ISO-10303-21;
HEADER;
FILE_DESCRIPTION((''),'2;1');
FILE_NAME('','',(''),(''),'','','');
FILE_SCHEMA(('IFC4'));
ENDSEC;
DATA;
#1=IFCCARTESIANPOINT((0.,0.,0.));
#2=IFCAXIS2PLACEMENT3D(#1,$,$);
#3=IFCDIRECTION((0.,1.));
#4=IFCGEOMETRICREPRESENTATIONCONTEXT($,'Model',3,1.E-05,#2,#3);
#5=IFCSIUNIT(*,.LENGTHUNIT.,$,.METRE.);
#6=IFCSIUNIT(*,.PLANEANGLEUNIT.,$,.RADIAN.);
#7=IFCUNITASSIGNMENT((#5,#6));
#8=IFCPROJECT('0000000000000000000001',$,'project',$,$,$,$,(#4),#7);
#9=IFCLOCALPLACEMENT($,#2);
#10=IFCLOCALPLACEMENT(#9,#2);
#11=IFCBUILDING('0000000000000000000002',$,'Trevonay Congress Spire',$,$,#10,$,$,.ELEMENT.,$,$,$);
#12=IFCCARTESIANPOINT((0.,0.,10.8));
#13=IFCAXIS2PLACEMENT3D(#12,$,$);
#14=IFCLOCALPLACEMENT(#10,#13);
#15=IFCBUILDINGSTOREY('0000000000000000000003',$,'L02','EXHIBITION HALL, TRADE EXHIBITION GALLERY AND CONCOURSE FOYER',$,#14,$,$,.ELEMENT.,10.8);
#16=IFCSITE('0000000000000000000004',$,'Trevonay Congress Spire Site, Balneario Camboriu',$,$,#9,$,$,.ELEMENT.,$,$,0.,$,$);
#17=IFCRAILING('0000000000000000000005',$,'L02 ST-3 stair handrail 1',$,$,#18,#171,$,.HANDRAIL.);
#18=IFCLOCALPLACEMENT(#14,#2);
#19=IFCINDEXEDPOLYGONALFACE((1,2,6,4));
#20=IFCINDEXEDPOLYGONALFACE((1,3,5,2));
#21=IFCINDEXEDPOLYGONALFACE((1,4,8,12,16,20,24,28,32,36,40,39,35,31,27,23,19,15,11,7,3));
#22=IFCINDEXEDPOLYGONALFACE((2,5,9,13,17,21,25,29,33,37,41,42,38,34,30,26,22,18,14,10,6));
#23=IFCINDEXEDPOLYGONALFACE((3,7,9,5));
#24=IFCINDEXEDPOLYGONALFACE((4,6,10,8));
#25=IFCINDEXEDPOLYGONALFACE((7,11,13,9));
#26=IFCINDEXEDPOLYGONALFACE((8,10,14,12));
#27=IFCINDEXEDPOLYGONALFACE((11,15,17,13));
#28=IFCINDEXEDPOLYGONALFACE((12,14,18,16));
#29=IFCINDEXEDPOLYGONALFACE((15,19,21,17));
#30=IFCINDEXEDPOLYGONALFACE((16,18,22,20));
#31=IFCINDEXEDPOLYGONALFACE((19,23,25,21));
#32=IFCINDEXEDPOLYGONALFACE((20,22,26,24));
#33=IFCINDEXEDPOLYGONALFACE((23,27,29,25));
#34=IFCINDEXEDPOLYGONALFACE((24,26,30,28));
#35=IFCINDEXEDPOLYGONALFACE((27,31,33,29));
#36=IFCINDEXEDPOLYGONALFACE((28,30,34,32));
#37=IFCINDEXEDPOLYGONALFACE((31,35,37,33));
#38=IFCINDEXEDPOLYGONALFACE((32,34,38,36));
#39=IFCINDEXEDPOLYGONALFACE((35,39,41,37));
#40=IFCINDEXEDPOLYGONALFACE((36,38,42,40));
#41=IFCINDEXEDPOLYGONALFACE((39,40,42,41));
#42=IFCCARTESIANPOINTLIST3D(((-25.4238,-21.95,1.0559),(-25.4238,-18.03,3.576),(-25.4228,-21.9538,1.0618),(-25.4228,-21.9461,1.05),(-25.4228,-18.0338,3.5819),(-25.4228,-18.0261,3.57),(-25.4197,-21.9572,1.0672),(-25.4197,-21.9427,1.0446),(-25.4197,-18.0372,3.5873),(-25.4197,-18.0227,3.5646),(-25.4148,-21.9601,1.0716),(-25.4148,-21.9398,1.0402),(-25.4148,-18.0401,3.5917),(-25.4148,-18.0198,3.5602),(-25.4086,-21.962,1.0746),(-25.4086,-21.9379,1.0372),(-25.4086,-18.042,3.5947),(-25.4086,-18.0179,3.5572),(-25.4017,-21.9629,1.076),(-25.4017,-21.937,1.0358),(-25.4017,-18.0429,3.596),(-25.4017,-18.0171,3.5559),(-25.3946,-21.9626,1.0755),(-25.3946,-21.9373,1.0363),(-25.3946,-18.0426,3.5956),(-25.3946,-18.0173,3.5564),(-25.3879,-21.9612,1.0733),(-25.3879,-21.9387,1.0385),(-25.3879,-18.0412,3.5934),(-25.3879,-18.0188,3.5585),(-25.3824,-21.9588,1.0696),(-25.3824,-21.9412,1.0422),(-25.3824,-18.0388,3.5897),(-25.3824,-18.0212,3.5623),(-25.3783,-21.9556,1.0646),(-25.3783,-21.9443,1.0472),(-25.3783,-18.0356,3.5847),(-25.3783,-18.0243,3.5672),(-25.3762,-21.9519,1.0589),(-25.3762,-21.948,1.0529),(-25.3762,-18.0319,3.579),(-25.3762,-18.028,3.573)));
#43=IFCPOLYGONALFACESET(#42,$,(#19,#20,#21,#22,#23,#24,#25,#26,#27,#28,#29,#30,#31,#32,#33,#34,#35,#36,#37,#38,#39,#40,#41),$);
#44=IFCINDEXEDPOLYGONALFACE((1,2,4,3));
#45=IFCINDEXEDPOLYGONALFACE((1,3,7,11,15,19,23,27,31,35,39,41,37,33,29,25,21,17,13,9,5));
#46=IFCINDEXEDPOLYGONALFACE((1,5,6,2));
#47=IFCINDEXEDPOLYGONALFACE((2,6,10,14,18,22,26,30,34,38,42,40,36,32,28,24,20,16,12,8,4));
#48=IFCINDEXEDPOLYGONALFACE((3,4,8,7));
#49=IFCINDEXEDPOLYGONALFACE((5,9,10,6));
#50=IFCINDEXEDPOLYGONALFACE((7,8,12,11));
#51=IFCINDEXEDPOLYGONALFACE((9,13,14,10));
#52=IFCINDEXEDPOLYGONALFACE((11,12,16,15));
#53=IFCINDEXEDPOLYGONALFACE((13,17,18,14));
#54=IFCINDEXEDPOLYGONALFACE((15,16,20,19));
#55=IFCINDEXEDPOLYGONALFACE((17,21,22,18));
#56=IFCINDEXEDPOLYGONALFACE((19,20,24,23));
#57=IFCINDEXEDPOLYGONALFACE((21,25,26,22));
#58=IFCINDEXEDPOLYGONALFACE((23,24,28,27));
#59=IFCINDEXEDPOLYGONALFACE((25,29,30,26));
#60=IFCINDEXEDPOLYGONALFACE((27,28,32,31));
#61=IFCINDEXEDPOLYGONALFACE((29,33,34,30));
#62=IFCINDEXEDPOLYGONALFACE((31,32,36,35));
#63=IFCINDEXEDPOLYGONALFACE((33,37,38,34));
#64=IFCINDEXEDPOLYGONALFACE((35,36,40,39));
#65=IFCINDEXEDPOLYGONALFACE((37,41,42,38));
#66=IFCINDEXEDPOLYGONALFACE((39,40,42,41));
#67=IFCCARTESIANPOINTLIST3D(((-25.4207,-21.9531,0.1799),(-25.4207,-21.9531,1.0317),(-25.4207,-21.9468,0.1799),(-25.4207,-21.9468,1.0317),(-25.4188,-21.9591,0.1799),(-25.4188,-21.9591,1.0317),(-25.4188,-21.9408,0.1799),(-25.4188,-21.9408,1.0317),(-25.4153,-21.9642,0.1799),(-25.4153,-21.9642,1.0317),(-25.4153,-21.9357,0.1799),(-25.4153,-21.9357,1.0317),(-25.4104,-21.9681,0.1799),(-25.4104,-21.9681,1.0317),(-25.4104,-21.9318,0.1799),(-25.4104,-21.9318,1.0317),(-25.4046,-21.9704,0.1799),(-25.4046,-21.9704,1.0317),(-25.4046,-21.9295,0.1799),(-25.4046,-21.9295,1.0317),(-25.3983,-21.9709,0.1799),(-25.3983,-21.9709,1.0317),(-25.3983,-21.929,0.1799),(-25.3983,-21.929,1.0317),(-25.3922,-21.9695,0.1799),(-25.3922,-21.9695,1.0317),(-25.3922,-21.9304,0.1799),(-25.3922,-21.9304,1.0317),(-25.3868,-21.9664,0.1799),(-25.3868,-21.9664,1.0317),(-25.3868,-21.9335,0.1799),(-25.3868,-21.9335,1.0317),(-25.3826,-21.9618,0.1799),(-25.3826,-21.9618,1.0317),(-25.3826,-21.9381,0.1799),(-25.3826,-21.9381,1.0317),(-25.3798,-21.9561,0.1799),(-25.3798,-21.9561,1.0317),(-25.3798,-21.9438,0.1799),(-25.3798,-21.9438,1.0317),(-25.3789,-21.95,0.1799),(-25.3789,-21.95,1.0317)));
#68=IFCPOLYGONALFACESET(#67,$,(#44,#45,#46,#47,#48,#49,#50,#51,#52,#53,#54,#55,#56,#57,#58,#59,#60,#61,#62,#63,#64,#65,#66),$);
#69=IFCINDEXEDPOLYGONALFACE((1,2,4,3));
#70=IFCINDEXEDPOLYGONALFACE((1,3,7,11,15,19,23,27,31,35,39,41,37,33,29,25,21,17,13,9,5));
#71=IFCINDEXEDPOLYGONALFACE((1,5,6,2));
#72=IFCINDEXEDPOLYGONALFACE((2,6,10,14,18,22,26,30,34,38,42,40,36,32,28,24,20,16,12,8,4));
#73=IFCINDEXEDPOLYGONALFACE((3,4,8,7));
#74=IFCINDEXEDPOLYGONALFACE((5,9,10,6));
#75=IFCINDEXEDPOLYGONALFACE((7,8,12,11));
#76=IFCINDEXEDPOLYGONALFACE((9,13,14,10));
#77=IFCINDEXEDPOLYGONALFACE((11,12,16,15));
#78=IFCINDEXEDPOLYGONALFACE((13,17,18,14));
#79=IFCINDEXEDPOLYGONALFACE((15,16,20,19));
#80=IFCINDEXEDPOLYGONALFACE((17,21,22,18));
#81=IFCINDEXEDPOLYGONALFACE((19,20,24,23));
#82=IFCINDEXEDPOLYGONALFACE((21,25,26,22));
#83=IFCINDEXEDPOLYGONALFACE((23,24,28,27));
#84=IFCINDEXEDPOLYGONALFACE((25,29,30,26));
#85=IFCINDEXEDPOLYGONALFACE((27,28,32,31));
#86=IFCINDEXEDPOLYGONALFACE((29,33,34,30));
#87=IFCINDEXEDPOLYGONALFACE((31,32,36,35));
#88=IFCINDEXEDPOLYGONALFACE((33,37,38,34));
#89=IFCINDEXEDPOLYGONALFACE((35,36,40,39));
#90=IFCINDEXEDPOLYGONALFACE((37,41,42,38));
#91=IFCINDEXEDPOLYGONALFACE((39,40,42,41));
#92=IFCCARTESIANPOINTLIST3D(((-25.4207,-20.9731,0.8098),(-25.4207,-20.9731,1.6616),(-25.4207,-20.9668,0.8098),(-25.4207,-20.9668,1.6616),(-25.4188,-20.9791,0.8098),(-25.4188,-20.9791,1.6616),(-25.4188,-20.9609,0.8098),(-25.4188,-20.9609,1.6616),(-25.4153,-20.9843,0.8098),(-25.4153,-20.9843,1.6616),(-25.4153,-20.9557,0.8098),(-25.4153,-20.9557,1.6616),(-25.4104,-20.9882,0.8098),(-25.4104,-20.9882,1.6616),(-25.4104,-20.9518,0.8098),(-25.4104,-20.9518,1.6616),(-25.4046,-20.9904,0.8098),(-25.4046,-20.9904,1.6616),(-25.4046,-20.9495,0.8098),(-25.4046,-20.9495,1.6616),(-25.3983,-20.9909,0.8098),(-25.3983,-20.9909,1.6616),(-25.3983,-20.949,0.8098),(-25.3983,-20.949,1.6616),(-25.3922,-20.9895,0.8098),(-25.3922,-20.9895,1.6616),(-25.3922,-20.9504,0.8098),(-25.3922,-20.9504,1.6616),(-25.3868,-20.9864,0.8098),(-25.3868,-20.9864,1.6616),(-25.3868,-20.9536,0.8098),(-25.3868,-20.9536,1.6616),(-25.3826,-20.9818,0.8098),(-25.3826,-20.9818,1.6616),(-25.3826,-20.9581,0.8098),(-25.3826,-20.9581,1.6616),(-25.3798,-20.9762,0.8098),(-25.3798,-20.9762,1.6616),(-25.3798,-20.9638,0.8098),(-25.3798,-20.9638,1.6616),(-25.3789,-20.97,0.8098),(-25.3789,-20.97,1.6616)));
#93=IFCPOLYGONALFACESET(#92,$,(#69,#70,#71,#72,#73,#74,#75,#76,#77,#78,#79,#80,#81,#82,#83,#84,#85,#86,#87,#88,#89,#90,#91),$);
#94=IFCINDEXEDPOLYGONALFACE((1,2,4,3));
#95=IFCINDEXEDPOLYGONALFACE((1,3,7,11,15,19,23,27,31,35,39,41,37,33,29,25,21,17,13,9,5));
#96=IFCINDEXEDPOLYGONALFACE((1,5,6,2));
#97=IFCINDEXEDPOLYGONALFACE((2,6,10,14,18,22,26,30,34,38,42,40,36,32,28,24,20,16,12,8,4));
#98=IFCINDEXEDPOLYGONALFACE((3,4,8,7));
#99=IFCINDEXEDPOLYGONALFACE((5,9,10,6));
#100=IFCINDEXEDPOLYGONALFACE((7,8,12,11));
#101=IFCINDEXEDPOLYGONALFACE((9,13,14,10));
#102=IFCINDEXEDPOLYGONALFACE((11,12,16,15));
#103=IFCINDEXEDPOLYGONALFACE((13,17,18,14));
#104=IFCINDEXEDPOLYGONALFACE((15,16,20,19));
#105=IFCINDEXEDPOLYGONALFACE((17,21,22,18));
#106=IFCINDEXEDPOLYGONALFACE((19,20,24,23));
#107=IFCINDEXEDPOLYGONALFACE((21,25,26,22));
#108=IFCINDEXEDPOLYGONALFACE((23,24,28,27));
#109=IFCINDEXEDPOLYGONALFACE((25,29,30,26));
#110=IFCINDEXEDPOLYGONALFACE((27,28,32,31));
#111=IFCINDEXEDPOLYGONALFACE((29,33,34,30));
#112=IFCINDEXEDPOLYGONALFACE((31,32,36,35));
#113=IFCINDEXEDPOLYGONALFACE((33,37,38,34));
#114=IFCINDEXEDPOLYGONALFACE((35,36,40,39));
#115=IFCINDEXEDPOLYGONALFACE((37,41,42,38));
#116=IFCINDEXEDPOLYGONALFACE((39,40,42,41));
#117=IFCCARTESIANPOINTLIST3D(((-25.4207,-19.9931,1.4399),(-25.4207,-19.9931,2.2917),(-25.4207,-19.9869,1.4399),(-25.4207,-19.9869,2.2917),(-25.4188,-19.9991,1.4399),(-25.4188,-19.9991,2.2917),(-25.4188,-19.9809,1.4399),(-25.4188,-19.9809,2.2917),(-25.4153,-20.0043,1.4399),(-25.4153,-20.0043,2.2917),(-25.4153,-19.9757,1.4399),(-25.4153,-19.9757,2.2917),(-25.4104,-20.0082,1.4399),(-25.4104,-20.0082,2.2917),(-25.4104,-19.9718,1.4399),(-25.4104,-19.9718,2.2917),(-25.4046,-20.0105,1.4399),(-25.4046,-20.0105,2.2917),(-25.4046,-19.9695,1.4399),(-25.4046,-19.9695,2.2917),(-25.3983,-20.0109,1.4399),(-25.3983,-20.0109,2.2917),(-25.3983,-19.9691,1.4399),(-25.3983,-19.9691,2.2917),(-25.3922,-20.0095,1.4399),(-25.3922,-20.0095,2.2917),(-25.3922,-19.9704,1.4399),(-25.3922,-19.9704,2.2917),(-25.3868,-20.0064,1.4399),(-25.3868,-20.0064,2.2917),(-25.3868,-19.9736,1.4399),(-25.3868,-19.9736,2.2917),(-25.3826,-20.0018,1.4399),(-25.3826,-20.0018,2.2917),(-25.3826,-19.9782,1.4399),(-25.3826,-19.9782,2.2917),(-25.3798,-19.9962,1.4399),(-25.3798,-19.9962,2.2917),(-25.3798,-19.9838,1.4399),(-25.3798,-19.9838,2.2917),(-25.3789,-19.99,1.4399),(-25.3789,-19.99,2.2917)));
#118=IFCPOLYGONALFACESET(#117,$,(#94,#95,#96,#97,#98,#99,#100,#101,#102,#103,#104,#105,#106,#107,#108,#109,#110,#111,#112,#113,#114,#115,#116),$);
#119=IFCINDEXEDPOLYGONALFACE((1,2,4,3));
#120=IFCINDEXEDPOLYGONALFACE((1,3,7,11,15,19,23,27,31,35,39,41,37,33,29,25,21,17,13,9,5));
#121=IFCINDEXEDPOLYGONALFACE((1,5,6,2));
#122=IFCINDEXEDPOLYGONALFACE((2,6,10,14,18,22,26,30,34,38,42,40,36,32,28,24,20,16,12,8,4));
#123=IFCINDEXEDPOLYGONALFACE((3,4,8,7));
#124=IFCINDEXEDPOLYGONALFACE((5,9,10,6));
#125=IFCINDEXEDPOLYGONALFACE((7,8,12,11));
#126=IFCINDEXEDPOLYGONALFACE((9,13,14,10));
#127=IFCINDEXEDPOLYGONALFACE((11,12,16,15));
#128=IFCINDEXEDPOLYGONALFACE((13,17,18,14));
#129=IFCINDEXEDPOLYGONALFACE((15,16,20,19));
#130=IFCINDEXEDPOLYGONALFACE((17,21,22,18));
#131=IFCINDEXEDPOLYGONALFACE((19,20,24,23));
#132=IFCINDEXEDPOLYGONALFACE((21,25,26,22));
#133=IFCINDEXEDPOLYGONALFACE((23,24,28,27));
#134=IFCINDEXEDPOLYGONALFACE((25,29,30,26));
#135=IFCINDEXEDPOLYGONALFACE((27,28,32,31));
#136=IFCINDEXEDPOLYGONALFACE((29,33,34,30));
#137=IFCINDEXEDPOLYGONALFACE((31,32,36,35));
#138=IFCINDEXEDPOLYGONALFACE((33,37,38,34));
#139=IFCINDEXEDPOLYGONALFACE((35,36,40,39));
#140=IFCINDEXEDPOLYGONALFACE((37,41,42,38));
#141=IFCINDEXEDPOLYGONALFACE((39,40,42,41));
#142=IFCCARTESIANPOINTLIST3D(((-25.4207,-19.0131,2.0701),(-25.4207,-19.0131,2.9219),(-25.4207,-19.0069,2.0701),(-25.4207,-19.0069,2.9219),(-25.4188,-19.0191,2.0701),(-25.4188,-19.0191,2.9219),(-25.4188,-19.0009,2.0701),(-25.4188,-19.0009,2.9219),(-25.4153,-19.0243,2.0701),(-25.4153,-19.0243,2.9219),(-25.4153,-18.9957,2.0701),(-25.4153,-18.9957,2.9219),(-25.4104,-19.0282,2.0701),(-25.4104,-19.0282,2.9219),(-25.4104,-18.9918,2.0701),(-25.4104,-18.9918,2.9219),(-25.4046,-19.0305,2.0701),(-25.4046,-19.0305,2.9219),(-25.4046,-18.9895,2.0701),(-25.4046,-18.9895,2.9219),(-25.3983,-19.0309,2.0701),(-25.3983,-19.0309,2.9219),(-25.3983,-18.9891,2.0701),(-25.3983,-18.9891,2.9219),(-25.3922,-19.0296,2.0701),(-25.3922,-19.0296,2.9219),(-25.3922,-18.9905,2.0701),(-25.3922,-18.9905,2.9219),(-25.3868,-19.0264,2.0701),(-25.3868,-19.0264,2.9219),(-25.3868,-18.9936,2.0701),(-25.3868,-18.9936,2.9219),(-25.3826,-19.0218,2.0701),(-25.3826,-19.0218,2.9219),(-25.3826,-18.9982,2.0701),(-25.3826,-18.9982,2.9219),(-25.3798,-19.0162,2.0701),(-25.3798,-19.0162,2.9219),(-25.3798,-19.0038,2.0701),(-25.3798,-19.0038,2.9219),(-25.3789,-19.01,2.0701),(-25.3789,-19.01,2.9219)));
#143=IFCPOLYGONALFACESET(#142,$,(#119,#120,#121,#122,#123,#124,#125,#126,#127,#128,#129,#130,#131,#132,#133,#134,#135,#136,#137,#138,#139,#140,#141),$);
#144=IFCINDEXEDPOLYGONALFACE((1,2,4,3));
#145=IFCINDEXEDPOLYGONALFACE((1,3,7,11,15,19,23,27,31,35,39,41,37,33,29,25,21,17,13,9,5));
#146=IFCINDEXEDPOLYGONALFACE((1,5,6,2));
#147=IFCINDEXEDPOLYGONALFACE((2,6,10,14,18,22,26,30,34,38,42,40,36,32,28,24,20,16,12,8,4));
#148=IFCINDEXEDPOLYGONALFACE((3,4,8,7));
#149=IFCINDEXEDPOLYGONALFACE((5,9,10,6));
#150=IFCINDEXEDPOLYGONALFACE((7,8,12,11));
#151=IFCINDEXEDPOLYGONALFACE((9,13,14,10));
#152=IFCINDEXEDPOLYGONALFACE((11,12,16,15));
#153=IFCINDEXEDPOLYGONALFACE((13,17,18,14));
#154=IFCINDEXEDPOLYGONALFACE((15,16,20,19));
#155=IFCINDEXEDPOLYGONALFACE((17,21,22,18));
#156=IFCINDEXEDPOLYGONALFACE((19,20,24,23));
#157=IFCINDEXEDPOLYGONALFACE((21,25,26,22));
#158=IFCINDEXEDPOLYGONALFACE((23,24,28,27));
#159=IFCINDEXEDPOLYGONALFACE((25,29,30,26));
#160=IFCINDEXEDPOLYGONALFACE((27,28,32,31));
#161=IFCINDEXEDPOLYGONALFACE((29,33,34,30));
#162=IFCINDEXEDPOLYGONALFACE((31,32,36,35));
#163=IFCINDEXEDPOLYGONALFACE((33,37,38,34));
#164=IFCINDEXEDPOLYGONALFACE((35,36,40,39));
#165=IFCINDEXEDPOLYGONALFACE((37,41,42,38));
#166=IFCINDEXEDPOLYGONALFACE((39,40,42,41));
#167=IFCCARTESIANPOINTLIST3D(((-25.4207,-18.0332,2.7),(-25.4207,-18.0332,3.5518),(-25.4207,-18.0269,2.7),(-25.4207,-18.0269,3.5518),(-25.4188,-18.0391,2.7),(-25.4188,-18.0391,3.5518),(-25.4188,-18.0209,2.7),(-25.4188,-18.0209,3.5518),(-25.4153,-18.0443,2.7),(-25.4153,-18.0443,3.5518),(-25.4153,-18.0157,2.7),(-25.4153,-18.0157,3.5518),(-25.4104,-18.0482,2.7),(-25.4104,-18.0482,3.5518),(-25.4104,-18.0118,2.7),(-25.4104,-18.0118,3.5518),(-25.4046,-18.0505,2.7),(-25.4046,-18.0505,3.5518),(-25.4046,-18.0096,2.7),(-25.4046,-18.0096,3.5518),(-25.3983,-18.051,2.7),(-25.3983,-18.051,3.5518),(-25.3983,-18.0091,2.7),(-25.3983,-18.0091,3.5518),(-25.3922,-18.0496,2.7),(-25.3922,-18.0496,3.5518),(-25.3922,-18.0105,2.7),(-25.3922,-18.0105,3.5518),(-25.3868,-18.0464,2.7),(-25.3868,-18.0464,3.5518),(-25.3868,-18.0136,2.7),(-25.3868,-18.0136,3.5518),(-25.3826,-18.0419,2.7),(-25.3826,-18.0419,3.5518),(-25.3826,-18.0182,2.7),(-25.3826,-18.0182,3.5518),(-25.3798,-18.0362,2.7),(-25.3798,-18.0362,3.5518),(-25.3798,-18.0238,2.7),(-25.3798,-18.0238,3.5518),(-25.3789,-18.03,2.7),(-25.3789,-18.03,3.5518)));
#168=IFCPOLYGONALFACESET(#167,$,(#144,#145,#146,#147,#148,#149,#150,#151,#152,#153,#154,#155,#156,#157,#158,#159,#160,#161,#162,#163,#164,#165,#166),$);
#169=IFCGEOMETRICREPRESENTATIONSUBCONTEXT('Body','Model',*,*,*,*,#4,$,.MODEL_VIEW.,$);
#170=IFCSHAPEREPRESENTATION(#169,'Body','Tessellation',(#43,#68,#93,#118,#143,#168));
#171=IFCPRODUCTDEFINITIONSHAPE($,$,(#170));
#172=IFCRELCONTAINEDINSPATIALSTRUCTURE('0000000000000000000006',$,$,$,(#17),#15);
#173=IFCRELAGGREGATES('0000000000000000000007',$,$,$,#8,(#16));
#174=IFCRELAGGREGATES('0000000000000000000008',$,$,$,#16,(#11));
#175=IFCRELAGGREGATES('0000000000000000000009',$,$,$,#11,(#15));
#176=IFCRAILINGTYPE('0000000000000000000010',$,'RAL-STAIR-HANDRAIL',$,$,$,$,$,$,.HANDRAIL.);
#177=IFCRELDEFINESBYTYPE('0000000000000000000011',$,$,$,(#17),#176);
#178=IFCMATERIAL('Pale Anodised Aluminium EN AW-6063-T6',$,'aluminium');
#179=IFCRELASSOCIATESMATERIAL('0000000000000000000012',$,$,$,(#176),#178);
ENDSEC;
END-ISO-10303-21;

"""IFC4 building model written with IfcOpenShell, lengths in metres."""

from ifc_helpers import new_model, si_unit, direction, frame, origin, origin_2d, place, context, subcontext, project, spatial, circle, extrude, material, type_object, element, save


model = new_model("IFC4")

# Units and contexts
model_context = context("Model", 3, precision=1e-05, world=origin(), true_north=direction((0.0, 1.0)))
body_context = subcontext(model_context, "Body", "Model", "MODEL_VIEW")
ifc_project = project(units=[si_unit("LENGTHUNIT", "METRE"), si_unit("PLANEANGLEUNIT", "RADIAN")], contexts=[model_context])

# Site, building, storey
site_placement = place(None, origin())
site = spatial("IfcSite", under=ifc_project, at=site_placement, Name="Trevonay Congress Spire Site, Balneario Camboriu", CompositionType="ELEMENT", RefElevation=0.0)
building_placement = place(site_placement, origin())
building = spatial("IfcBuilding", under=site, at=building_placement, Name="Trevonay Congress Spire", CompositionType="ELEMENT")
storey_placement = place(building_placement, frame((0.0, 0.0, 10.8)))
storey = spatial("IfcBuildingStorey", under=building, at=storey_placement, Name="L02", Description="EXHIBITION HALL, TRADE EXHIBITION GALLERY AND CONCOURSE FOYER", CompositionType="ELEMENT", Elevation=10.8)

# Shared definitions
ifc_material_1 = material(Name="Pale Anodised Aluminium EN AW-6063-T6", Category="aluminium")

# Railing
railing_type_1 = type_object("IfcRailingType", Name="RAL-STAIR-HANDRAIL", PredefinedType="HANDRAIL", material=ifc_material_1)
railing_1_placement = place(storey_placement, frame((-25.3999, -21.95, 0.1799)))
element("IfcRailing", 1, at=railing_1_placement, inside=storey, type_object=railing_type_1, Name="L02 ST-3 stair handrail 1", PredefinedType="HANDRAIL", context=body_context, shape_type="SweptSolid", body=[
    extrude(circle(Radius=0.0239, at=origin_2d()), frame((0.0, 0.0, 0.876), z_axis=(0.0, 0.841172, 0.540768), x_axis=(-1.0, 0.0, 0.0)), (0.0, 0.0, 1.0), 4.6602),
    extrude(circle(Radius=0.021, at=origin_2d()), origin(), (0.0, 0.0, 1.0), 0.8518),
    extrude(circle(Radius=0.021, at=origin_2d()), frame((0.0, 0.98, 0.6299)), (0.0, 0.0, 1.0), 0.8518),
    extrude(circle(Radius=0.021, at=origin_2d()), frame((0.0, 1.96, 1.26)), (0.0, 0.0, 1.0), 0.8518),
    extrude(circle(Radius=0.021, at=origin_2d()), frame((0.0, 2.9399, 1.8901)), (0.0, 0.0, 1.0), 0.8518),
    extrude(circle(Radius=0.021, at=origin_2d()), frame((0.0, 3.9199, 2.52)), (0.0, 0.0, 1.0), 0.8518),
])

save(model, "model.ifc")
